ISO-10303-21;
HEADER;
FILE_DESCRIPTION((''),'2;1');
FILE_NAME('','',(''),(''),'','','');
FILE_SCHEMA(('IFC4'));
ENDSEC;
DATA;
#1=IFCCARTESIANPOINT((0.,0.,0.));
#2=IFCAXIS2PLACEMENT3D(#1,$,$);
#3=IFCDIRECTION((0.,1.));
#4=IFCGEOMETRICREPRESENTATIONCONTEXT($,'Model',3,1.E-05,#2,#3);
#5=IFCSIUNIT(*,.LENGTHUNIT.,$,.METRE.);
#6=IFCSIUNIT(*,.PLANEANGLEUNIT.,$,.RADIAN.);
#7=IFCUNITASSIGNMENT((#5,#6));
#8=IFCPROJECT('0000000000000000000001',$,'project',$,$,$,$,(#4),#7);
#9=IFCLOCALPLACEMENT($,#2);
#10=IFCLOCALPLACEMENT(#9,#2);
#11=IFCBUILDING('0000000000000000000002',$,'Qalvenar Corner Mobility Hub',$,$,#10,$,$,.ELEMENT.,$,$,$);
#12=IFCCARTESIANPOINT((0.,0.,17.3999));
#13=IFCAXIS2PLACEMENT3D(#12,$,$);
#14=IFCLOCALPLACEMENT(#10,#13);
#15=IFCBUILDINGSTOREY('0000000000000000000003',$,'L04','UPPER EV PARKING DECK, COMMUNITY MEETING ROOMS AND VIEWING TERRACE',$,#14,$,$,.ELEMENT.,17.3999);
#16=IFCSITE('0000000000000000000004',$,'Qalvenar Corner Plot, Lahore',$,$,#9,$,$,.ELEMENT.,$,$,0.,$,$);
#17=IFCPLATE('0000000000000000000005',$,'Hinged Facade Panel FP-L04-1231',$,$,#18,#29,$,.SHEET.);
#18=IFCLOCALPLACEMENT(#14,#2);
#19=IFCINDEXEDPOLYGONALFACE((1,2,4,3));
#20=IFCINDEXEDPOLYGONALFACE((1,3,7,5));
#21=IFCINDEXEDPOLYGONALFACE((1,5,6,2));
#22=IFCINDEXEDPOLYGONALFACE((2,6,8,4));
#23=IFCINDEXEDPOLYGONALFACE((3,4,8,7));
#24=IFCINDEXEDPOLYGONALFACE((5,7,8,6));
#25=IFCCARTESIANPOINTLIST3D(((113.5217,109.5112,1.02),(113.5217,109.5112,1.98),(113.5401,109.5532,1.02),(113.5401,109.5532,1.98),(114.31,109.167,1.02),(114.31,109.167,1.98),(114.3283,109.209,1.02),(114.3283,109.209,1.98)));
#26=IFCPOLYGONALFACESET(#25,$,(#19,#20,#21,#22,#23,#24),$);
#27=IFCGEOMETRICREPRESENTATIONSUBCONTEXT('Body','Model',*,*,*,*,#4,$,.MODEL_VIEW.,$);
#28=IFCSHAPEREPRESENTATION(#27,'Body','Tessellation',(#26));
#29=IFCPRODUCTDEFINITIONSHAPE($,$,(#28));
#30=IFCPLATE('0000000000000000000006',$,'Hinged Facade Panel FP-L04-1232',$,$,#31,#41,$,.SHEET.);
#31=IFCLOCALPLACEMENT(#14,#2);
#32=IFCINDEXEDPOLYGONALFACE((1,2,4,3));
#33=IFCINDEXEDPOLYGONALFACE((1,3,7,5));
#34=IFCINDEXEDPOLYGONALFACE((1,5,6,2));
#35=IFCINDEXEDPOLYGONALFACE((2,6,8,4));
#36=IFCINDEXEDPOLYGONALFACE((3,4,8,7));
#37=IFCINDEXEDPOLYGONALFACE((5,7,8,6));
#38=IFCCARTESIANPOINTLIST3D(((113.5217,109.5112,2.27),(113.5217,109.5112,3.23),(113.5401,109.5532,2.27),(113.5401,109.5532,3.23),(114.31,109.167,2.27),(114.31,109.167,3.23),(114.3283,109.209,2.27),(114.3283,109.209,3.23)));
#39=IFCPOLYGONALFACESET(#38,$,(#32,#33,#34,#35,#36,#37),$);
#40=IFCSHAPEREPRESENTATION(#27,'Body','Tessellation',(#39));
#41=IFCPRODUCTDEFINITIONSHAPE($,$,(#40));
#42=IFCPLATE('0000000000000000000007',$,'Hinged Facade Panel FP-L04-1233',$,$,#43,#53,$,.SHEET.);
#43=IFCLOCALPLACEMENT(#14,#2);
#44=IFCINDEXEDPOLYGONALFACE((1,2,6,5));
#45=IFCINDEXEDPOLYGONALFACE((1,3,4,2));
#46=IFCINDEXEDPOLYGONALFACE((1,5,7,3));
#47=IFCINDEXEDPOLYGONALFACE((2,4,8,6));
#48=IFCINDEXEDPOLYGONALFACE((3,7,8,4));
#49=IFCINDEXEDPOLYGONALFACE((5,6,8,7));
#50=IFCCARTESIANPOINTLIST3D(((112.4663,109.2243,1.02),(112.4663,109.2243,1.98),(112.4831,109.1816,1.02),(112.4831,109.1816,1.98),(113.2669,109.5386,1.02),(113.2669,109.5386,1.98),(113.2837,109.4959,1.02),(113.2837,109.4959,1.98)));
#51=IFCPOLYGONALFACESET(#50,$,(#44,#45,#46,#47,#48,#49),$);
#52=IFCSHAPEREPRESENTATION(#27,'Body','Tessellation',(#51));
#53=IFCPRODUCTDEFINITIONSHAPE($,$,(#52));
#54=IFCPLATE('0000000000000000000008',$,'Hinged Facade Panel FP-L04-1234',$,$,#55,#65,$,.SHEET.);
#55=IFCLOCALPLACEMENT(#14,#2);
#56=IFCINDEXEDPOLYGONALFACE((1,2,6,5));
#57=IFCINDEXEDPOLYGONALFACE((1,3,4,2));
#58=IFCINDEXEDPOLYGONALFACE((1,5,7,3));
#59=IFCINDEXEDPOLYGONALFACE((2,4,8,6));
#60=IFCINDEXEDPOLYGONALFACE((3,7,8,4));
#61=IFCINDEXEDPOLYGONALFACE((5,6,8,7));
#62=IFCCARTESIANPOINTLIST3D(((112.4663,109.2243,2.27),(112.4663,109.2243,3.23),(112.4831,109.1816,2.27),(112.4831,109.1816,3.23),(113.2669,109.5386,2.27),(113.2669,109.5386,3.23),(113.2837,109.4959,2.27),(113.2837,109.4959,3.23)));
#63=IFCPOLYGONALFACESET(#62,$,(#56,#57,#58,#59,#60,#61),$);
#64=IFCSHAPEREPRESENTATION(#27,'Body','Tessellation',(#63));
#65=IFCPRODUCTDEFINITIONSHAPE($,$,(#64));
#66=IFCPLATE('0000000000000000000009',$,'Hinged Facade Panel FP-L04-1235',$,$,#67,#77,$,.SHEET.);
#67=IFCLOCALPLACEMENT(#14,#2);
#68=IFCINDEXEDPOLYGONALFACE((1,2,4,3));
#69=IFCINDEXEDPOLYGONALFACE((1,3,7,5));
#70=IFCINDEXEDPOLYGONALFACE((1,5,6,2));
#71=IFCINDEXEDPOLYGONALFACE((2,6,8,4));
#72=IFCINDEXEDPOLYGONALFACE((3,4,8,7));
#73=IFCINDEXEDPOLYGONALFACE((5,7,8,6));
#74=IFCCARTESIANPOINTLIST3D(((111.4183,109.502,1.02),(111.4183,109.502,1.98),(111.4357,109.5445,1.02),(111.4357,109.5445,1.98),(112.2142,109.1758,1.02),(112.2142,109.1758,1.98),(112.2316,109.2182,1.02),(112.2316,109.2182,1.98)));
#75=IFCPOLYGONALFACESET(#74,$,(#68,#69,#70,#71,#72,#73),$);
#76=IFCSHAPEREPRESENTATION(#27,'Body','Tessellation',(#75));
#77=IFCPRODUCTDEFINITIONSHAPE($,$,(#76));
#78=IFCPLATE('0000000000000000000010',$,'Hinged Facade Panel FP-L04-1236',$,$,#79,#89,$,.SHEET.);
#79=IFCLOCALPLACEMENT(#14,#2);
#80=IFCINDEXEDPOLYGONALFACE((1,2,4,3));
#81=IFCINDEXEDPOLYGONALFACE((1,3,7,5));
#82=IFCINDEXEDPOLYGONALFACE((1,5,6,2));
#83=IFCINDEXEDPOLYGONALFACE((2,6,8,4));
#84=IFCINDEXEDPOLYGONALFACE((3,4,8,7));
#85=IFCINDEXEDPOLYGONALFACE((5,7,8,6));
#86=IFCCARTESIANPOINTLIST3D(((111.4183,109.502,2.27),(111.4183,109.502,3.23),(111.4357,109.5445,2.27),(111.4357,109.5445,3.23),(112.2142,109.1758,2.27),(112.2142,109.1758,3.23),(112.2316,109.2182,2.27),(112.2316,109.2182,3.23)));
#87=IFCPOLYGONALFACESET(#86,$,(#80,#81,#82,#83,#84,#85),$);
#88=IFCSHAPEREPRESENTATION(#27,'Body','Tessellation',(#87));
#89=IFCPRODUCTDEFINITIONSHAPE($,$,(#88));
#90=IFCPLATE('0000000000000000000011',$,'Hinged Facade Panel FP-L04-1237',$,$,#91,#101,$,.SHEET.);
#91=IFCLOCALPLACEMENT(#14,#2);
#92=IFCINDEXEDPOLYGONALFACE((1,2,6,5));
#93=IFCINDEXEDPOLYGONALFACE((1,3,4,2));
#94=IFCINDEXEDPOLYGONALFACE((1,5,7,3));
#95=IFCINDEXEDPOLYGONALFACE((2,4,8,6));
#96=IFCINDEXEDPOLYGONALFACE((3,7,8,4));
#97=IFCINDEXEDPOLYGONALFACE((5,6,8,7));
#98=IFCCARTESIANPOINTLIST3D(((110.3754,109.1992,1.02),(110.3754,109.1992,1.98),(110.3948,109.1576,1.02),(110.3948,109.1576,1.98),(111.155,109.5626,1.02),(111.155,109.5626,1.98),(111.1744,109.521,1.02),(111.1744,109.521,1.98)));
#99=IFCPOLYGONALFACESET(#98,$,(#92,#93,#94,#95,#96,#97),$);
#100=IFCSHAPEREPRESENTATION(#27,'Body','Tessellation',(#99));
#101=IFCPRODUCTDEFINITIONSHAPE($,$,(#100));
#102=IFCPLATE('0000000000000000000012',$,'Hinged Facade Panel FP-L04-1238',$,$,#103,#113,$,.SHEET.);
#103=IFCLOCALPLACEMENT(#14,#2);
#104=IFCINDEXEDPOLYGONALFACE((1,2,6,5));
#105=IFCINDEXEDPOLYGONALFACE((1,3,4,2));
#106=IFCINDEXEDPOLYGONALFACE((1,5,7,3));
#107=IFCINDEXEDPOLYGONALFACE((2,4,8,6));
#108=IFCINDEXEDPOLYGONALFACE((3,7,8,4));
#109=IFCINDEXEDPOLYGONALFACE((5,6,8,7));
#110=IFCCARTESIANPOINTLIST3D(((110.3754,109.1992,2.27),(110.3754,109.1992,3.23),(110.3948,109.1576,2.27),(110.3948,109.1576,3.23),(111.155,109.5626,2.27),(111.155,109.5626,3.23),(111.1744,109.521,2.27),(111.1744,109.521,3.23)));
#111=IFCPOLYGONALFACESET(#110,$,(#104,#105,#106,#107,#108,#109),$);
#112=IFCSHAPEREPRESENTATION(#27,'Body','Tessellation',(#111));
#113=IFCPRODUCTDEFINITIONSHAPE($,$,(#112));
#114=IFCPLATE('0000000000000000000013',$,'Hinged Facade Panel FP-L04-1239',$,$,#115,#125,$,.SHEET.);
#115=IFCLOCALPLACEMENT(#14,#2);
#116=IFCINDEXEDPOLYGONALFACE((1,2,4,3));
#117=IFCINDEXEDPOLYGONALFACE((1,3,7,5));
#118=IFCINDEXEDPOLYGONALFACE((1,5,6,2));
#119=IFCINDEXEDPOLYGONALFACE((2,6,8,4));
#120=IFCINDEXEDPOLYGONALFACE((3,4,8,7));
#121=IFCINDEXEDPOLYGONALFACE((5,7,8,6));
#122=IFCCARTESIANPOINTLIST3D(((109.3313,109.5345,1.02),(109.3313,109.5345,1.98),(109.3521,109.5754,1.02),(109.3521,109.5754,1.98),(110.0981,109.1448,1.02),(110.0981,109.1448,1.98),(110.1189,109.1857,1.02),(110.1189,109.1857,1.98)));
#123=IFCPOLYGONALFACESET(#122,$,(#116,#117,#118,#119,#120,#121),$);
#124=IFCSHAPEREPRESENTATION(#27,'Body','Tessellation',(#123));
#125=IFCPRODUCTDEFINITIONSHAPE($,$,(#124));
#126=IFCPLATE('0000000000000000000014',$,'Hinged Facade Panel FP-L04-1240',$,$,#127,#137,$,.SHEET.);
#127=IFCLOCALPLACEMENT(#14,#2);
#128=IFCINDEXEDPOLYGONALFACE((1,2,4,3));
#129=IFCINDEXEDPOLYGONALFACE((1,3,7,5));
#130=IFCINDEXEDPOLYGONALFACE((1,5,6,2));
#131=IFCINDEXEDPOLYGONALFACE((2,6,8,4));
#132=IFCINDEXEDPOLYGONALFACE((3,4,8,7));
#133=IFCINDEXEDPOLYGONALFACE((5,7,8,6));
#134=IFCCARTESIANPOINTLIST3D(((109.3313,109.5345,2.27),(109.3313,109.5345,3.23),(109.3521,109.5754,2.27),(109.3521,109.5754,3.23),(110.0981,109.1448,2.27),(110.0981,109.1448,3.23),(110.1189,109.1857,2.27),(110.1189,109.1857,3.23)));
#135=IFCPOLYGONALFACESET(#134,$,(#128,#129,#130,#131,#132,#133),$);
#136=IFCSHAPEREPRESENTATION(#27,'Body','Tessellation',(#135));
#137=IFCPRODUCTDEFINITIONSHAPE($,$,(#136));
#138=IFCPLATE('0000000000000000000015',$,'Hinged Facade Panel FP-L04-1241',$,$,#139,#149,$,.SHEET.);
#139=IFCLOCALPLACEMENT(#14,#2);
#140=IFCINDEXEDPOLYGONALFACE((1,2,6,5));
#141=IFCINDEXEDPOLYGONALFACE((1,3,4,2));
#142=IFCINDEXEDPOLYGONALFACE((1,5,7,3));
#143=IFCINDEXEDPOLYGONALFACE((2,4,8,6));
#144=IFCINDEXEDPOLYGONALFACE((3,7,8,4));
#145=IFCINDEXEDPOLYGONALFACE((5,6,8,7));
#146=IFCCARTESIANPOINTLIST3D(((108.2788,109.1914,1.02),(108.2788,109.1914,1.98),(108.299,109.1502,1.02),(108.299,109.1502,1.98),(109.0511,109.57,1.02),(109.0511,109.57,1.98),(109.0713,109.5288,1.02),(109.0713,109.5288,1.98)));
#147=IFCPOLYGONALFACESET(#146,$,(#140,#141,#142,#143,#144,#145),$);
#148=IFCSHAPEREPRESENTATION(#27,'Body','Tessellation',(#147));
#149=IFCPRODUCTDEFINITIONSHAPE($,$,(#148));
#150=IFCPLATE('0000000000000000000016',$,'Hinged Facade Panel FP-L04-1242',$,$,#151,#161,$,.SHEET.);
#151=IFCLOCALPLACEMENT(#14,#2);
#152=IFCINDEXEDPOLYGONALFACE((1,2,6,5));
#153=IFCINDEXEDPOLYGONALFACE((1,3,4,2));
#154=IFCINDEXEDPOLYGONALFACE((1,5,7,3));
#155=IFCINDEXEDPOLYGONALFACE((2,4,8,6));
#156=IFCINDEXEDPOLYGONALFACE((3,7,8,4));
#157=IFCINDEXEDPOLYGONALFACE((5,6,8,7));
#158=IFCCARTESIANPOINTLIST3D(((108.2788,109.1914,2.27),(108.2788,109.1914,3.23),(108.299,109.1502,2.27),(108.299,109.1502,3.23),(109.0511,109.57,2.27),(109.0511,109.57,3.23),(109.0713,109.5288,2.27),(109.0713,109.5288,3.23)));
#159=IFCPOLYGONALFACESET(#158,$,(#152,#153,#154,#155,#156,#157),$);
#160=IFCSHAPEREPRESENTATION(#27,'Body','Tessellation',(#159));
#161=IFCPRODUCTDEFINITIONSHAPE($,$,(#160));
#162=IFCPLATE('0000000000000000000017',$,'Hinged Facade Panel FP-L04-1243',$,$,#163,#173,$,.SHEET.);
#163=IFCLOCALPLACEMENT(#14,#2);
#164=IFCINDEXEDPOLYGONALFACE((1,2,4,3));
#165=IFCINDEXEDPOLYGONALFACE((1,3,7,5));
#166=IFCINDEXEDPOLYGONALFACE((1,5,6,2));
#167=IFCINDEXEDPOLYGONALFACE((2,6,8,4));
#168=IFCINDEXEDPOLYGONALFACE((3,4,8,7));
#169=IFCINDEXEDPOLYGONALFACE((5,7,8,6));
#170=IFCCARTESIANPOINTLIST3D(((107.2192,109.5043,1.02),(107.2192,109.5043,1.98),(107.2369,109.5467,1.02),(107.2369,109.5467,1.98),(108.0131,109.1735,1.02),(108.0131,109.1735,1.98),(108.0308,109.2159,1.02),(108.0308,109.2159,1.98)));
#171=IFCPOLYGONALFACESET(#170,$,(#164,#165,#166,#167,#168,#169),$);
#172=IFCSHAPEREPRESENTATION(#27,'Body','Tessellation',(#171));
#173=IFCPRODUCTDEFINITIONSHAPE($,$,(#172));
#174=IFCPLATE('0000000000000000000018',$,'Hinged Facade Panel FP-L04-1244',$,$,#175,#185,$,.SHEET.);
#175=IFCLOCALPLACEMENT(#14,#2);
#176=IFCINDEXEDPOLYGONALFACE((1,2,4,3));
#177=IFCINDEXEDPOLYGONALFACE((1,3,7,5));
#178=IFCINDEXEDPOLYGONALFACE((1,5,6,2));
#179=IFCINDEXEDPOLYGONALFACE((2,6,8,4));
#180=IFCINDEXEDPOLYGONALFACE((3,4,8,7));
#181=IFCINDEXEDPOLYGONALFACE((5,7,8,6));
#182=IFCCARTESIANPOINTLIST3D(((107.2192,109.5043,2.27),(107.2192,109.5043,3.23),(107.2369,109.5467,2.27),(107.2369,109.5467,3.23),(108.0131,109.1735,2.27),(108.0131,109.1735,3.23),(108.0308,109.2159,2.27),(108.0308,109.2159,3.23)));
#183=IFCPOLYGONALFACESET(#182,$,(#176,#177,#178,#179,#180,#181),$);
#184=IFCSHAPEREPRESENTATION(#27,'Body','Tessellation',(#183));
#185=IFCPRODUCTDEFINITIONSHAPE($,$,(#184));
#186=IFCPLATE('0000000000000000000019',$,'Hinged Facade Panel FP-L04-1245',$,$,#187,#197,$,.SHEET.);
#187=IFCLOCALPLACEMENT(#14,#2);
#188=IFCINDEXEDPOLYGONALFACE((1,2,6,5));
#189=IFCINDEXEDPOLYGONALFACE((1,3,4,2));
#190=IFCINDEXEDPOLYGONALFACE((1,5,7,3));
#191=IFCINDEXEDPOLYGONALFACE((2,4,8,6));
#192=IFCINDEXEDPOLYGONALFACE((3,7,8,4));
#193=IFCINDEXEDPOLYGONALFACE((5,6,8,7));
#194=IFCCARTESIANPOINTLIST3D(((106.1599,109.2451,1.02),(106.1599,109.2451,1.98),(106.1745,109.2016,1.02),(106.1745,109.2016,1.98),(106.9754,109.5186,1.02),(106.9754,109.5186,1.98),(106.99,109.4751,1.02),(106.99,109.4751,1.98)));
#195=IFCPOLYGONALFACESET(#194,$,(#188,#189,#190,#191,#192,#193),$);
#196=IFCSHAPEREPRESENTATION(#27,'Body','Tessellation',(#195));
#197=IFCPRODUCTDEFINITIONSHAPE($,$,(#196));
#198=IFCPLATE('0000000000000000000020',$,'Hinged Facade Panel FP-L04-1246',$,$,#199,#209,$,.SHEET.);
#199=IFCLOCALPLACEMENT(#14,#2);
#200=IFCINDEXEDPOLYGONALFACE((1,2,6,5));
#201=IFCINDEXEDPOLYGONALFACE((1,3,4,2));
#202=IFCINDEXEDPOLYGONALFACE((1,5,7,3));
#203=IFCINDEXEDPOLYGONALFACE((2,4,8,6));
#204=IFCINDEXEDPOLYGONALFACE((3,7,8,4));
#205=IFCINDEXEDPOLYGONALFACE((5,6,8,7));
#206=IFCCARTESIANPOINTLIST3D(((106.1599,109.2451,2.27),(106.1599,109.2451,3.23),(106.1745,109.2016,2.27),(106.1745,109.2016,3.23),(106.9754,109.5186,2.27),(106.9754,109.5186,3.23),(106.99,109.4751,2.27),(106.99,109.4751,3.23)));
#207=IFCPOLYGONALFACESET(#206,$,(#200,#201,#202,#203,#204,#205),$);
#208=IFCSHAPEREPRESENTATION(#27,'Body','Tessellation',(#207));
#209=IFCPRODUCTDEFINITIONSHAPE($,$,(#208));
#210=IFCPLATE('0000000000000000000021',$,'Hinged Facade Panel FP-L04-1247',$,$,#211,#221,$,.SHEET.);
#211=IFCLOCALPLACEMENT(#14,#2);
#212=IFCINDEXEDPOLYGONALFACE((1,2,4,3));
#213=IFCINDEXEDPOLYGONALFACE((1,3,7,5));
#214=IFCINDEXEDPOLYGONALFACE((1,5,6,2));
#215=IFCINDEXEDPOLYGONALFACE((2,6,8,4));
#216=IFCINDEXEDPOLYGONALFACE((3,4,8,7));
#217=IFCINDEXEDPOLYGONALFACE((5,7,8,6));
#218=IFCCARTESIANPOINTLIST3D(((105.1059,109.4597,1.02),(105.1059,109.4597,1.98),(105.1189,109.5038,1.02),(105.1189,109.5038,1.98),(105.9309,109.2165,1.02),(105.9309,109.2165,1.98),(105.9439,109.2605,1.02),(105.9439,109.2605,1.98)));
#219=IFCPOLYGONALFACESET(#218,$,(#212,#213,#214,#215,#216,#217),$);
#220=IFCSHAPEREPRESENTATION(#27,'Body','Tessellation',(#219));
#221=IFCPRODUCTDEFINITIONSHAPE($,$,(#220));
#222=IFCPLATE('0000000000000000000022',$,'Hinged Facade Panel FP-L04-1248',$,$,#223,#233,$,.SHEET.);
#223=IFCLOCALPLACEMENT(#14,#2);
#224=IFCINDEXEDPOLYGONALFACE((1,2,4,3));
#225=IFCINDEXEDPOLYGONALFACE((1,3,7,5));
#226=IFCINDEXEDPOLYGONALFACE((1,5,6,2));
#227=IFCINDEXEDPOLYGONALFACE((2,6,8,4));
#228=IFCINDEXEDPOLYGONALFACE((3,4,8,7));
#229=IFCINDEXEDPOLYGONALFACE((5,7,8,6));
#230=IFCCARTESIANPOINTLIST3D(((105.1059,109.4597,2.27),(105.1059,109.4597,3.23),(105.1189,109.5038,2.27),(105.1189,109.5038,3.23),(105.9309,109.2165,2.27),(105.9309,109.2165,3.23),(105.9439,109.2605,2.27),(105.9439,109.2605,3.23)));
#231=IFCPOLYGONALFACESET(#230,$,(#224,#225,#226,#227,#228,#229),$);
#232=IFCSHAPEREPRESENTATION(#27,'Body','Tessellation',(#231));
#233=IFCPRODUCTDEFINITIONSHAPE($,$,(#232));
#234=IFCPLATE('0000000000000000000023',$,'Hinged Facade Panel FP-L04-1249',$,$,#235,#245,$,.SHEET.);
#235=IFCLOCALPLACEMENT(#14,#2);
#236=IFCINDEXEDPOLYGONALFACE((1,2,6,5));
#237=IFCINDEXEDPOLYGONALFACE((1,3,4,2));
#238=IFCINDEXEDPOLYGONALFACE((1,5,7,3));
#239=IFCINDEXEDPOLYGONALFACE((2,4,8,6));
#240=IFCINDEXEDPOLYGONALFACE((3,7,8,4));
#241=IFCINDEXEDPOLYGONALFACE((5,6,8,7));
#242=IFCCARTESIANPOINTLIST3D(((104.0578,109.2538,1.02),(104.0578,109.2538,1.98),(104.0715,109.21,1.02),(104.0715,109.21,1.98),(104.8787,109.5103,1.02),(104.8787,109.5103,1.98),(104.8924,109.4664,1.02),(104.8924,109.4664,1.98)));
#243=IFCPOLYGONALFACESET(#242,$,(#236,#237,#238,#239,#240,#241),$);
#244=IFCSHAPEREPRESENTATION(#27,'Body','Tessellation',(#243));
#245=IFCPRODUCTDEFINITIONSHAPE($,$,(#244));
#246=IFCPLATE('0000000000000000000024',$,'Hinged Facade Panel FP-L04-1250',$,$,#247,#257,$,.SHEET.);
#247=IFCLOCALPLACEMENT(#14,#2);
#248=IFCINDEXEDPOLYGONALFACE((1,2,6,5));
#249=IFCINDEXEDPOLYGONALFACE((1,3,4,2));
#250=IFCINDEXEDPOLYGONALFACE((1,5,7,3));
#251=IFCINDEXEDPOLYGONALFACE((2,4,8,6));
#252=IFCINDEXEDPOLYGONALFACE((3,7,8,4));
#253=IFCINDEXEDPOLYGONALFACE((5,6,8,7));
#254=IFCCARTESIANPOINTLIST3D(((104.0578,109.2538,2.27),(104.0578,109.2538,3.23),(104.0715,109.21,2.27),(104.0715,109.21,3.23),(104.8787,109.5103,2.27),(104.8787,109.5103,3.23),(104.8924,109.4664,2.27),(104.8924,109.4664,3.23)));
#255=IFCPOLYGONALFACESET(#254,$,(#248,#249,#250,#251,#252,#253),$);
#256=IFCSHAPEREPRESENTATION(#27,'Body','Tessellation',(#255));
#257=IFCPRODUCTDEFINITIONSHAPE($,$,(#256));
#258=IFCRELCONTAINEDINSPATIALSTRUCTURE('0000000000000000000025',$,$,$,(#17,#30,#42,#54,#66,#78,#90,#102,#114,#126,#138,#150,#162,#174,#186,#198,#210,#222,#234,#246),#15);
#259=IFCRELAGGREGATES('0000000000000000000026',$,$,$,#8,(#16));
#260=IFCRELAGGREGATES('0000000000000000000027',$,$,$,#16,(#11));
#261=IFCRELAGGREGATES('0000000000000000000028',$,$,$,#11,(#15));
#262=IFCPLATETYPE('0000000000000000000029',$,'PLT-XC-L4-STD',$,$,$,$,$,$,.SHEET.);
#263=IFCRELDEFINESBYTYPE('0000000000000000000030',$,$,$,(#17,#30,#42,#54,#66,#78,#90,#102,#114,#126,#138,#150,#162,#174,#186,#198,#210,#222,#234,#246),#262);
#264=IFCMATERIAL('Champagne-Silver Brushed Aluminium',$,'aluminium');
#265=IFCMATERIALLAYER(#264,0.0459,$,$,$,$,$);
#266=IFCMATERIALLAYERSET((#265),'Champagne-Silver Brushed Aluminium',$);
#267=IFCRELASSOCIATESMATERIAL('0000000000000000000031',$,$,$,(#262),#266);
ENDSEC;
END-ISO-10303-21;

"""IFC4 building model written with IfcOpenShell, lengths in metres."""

from ifc_helpers import new_model, si_unit, direction, frame, origin, origin_2d, place, context, subcontext, project, spatial, rectangle, extrude, material, layer, layer_set, type_object, element, save


model = new_model("IFC4")

# Units and contexts
model_context = context("Model", 3, precision=1e-05, world=origin(), true_north=direction((0.0, 1.0)))
body_context = subcontext(model_context, "Body", "Model", "MODEL_VIEW")
ifc_project = project(units=[si_unit("LENGTHUNIT", "METRE"), si_unit("PLANEANGLEUNIT", "RADIAN")], contexts=[model_context])

# Site, building, storey
site_placement = place(None, origin())
site = spatial("IfcSite", under=ifc_project, at=site_placement, Name="Qalvenar Corner Plot, Lahore", CompositionType="ELEMENT", RefElevation=0.0)
building_placement = place(site_placement, origin())
building = spatial("IfcBuilding", under=site, at=building_placement, Name="Qalvenar Corner Mobility Hub", CompositionType="ELEMENT")
storey_placement = place(building_placement, frame((0.0, 0.0, 17.3999)))
storey = spatial("IfcBuildingStorey", under=building, at=storey_placement, Name="L04", Description="UPPER EV PARKING DECK, COMMUNITY MEETING ROOMS AND VIEWING TERRACE", CompositionType="ELEMENT", Elevation=17.3999)

# Plates
ifc_material_1 = material(Name="Champagne-Silver Brushed Aluminium", Category="aluminium")
ifc_layer = layer(ifc_material_1, 0.0459)
ifc_layer_set = layer_set([ifc_layer], Name="Champagne-Silver Brushed Aluminium")
plate_type = type_object("IfcPlateType", Name="PLT-XC-L4-STD", PredefinedType="SHEET", material=ifc_layer_set)
for number, where, z_axis, x_axis, name in (
    (1, (113.925, 109.3601, 1.02), (0.0, 0.0, 1.0), (-0.916433, 0.400189, 0.0), "Hinged Facade Panel FP-L04-1231"),
    (2, (113.925, 109.3601, 2.27), (0.0, 0.0, 1.0), (-0.916433, 0.400189, 0.0), "Hinged Facade Panel FP-L04-1232"),
    (3, (112.875, 109.3601, 1.02), (0.0, 0.0, 1.0), (-0.930865, -0.365364, 0.0), "Hinged Facade Panel FP-L04-1233"),
    (4, (112.875, 109.3601, 2.27), (0.0, 0.0, 1.0), (-0.930865, -0.365364, 0.0), "Hinged Facade Panel FP-L04-1234"),
    (5, (111.825, 109.3601, 1.02), (0.0, 0.0, 1.0), (-0.925276, 0.379295, 0.0), "Hinged Facade Panel FP-L04-1235"),
    (6, (111.825, 109.3601, 2.27), (0.0, 0.0, 1.0), (-0.925276, 0.379295, 0.0), "Hinged Facade Panel FP-L04-1236"),
    (7, (110.7749, 109.3601, 1.02), (0.0, 0.0, 1.0), (-0.906382, -0.42246, 0.0), "Hinged Facade Panel FP-L04-1237"),
    (8, (110.7749, 109.3601, 2.27), (0.0, 0.0, 1.0), (-0.906382, -0.42246, 0.0), "Hinged Facade Panel FP-L04-1238"),
    (9, (109.7251, 109.3601, 1.02), (0.0, 0.0, 1.0), (-0.891481, 0.453057, 0.0), "Hinged Facade Panel FP-L04-1239"),
    (10, (109.7251, 109.3601, 2.27), (0.0, 0.0, 1.0), (-0.891481, 0.453057, 0.0), "Hinged Facade Panel FP-L04-1240"),
    (11, (108.675, 109.3601, 1.02), (0.0, 0.0, 1.0), (-0.897874, -0.440253, 0.0), "Hinged Facade Panel FP-L04-1241"),
    (12, (108.675, 109.3601, 2.27), (0.0, 0.0, 1.0), (-0.897874, -0.440253, 0.0), "Hinged Facade Panel FP-L04-1242"),
    (13, (107.625, 109.3601, 1.02), (0.0, 0.0, 1.0), (-0.923076, 0.384618, 0.0), "Hinged Facade Panel FP-L04-1243"),
    (14, (107.625, 109.3601, 2.27), (0.0, 0.0, 1.0), (-0.923076, 0.384618, 0.0), "Hinged Facade Panel FP-L04-1244"),
    (15, (106.575, 109.3601, 1.02), (0.0, 0.0, 1.0), (-0.948102, -0.317967, 0.0), "Hinged Facade Panel FP-L04-1245"),
    (16, (106.575, 109.3601, 2.27), (0.0, 0.0, 1.0), (-0.948102, -0.317967, 0.0), "Hinged Facade Panel FP-L04-1246"),
    (17, (105.5249, 109.3601, 1.02), (0.0, 0.0, 1.0), (-0.959166, 0.282844, 0.0), "Hinged Facade Panel FP-L04-1247"),
    (18, (105.5249, 109.3601, 2.27), (0.0, 0.0, 1.0), (-0.959166, 0.282844, 0.0), "Hinged Facade Panel FP-L04-1248"),
    (19, (104.4751, 109.3601, 1.02), (0.0, 0.0, 1.0), (-0.954501, -0.298208, 0.0), "Hinged Facade Panel FP-L04-1249"),
    (20, (104.4751, 109.3601, 2.27), (0.0, 0.0, 1.0), (-0.954501, -0.298208, 0.0), "Hinged Facade Panel FP-L04-1250"),
):
    element("IfcPlate", number, at=place(storey_placement, frame(where, z_axis=z_axis, x_axis=x_axis)), inside=storey, type_object=plate_type, Name=name, PredefinedType="SHEET", context=body_context, shape_type="SweptSolid", body=[
        extrude(rectangle(XDim=0.8601, YDim=0.0459, at=origin_2d()), origin(), (0.0, 0.0, 1.0), 0.96),
    ])

save(model, "model.ifc")
